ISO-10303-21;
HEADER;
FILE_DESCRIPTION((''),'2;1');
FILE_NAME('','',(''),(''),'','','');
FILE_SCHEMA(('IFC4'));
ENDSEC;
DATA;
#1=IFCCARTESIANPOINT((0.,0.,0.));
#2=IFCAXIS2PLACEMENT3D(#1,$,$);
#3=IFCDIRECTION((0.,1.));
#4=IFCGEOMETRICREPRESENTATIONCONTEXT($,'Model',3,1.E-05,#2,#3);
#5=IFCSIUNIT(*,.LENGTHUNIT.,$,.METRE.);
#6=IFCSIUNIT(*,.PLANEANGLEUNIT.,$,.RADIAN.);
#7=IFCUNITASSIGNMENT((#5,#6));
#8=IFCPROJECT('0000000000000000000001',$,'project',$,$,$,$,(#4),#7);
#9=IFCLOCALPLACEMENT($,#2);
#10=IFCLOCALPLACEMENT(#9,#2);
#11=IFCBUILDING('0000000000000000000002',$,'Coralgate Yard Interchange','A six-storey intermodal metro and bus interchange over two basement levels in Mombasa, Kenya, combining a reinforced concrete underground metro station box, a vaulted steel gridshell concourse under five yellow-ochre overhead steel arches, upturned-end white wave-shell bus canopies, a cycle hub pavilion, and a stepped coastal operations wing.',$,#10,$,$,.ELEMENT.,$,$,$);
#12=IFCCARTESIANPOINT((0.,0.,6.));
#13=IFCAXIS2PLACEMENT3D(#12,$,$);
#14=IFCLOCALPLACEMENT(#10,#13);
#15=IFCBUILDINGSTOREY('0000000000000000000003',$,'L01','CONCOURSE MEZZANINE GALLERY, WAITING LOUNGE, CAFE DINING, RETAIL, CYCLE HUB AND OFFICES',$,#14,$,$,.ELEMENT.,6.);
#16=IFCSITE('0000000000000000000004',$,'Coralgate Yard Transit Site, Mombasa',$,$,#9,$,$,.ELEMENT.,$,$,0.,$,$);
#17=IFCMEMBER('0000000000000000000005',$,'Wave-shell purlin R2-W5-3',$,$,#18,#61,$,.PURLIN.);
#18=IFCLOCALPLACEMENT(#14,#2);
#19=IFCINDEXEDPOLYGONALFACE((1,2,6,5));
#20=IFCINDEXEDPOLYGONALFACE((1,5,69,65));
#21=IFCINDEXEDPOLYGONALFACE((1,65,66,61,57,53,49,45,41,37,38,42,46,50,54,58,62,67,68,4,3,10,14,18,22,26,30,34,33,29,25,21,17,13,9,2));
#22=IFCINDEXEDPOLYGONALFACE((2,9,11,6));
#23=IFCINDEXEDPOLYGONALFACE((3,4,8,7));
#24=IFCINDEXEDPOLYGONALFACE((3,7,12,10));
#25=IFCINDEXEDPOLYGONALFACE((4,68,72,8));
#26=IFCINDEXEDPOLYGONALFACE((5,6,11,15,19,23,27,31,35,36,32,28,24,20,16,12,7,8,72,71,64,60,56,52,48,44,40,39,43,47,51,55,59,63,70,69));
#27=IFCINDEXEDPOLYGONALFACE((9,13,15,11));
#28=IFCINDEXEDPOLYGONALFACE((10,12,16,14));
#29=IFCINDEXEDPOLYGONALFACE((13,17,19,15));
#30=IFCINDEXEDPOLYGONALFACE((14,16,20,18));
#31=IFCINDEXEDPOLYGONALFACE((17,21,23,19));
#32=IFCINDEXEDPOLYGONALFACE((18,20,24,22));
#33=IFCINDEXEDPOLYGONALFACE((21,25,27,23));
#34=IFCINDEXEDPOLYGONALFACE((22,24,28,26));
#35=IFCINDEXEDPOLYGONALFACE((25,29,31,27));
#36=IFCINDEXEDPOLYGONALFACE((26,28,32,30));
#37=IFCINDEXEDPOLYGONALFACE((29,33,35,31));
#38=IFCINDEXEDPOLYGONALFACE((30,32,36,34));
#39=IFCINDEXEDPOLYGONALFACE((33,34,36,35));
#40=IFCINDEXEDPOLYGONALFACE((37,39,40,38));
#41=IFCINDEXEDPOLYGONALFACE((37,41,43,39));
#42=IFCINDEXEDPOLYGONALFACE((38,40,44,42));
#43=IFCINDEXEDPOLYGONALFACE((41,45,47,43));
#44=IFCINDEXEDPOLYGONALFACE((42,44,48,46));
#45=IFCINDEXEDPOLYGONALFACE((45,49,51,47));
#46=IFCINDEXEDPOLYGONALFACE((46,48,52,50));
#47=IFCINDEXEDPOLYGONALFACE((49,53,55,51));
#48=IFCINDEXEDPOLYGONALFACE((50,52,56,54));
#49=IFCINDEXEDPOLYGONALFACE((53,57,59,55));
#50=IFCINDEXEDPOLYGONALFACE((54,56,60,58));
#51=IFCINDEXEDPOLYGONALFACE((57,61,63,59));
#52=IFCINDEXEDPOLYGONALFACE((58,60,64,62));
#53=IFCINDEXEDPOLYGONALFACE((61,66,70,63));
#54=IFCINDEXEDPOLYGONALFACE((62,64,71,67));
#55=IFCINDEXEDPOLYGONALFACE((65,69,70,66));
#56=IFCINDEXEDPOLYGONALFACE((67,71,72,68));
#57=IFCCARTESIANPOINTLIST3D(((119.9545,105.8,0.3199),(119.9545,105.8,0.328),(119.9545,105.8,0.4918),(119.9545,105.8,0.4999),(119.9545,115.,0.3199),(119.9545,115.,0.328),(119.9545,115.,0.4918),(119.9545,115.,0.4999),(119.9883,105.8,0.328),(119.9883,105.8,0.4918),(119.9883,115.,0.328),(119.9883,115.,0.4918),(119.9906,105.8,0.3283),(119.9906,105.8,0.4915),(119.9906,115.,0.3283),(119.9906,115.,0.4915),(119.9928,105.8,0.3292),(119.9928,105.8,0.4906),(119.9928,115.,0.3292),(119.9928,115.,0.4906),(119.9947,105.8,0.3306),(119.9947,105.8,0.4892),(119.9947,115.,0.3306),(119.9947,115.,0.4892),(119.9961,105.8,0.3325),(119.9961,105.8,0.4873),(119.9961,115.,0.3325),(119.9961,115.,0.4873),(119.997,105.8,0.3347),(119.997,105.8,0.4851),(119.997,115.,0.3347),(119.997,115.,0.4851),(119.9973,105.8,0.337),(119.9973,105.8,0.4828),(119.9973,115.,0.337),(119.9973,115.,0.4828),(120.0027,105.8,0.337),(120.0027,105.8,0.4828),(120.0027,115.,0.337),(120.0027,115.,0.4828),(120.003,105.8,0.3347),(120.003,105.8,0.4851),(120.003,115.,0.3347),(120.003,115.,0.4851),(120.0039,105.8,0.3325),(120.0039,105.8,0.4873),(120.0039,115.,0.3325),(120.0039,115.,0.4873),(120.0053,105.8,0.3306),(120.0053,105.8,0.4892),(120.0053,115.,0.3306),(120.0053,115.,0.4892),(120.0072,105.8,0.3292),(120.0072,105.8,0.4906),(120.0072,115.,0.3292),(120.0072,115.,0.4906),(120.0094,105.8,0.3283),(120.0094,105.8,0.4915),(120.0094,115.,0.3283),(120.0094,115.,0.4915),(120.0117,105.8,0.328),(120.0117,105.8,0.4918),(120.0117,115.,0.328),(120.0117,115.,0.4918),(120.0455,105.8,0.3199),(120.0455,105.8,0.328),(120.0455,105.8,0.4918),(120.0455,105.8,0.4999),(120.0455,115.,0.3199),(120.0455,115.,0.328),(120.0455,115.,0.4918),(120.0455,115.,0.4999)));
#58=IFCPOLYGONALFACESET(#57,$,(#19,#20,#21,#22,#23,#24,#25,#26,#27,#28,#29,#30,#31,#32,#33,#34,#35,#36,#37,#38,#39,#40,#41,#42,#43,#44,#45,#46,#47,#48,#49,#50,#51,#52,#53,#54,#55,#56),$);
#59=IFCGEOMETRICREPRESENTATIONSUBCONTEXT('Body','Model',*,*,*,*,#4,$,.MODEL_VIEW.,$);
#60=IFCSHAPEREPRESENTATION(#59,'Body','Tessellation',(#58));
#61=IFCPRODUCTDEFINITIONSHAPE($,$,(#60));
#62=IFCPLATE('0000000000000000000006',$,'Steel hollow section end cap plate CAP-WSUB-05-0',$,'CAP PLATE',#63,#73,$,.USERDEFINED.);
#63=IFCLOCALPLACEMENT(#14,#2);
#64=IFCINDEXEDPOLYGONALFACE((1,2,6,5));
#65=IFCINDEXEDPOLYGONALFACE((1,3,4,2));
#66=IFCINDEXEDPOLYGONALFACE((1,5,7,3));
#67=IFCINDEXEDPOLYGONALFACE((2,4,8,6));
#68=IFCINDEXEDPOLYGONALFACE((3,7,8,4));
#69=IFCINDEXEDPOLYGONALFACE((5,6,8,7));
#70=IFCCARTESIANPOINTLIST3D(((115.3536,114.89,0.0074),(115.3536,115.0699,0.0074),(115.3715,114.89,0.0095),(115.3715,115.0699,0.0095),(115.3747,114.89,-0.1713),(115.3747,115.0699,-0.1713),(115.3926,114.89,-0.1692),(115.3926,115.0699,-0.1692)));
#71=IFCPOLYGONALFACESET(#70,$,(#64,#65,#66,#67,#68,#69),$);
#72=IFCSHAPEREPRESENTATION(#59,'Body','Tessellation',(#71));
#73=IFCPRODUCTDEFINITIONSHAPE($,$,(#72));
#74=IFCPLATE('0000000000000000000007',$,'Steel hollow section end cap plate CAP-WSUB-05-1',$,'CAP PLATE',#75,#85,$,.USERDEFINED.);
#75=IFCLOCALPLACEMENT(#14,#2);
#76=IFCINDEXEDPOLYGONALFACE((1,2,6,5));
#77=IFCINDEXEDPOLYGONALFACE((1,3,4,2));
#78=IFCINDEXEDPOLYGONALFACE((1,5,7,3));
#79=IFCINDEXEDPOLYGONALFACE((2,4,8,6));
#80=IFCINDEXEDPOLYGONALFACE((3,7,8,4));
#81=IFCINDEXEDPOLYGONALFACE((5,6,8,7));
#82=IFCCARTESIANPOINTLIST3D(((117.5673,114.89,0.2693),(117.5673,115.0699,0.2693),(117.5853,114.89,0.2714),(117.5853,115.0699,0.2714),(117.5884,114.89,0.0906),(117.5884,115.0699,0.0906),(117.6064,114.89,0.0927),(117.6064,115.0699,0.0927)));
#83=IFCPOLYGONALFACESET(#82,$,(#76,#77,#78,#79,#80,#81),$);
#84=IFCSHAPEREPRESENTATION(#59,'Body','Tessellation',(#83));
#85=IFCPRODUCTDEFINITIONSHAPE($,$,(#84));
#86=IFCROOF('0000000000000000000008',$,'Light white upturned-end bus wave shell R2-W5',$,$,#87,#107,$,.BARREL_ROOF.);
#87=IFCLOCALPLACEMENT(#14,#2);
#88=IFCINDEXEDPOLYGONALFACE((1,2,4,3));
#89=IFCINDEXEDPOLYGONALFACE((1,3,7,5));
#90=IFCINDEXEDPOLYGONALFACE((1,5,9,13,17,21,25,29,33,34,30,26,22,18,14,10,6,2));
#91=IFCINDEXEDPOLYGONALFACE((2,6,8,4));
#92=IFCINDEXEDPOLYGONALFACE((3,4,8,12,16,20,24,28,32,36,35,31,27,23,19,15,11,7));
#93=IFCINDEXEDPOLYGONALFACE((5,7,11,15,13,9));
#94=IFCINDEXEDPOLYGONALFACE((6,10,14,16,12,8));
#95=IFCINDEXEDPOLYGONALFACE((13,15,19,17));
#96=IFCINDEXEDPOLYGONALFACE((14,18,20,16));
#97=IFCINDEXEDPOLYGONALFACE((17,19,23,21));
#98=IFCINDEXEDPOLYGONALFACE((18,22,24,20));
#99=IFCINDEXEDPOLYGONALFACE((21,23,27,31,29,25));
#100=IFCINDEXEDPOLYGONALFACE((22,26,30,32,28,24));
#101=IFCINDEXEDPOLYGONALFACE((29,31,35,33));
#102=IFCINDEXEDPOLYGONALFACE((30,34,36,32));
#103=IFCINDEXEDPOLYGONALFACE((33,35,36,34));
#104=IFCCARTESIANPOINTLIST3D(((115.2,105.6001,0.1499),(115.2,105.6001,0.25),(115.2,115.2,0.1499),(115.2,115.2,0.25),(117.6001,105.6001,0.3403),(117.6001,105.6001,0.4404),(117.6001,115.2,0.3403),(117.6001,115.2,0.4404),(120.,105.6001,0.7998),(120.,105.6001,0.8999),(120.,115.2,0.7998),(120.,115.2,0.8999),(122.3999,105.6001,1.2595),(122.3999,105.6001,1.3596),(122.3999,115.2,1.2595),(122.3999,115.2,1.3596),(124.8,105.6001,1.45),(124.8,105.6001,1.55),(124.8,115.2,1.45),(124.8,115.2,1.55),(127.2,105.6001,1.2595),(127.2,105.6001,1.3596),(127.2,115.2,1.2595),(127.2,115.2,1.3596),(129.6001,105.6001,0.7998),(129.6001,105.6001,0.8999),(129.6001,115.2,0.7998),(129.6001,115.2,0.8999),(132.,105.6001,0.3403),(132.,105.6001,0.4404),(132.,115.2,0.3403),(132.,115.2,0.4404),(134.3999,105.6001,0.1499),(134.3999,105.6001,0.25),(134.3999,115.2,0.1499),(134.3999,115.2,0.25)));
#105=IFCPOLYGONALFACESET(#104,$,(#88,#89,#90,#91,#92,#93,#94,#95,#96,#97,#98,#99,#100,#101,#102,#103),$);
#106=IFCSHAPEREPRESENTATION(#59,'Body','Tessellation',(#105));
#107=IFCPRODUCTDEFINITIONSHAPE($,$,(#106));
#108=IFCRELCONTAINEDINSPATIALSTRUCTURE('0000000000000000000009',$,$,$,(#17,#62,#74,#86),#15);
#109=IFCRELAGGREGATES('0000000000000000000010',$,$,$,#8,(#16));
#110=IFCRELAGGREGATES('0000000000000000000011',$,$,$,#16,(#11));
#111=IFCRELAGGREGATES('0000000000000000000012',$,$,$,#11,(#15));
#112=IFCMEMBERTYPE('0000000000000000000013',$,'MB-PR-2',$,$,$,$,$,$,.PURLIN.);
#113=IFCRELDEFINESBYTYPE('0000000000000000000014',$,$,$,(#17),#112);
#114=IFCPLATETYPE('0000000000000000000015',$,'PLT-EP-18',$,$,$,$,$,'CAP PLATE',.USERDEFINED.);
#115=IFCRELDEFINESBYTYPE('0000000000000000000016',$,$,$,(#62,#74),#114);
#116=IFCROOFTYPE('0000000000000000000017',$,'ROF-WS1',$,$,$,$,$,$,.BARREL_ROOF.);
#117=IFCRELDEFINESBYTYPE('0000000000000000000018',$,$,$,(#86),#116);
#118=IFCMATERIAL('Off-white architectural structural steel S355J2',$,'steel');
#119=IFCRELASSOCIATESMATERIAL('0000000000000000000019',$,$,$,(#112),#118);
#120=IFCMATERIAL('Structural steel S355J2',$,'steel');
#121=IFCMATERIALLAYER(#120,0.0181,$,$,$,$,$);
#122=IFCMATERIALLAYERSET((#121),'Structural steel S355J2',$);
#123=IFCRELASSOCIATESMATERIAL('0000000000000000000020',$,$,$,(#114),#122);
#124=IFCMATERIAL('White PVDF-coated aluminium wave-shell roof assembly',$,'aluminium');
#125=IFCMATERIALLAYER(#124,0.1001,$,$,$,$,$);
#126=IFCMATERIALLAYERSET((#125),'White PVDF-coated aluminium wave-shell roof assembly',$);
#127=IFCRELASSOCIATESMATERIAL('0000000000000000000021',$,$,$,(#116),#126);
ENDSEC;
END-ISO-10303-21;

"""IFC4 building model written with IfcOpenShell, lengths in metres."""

from ifc_helpers import new_model, si_unit, direction, frame, origin, origin_2d, place, context, subcontext, project, spatial, polyline, rectangle, i_section, outline, extrude, material, layer, layer_set, material_profile, profile_set, type_object, element, save


model = new_model("IFC4")

# Units and contexts
model_context = context("Model", 3, precision=1e-05, world=origin(), true_north=direction((0.0, 1.0)))
body_context = subcontext(model_context, "Body", "Model", "MODEL_VIEW")
ifc_project = project(units=[si_unit("LENGTHUNIT", "METRE"), si_unit("PLANEANGLEUNIT", "RADIAN")], contexts=[model_context])

# Site, building, storey
site_placement = place(None, origin())
site = spatial("IfcSite", under=ifc_project, at=site_placement, Name="Coralgate Yard Transit Site, Mombasa", CompositionType="ELEMENT", RefElevation=0.0)
building_placement = place(site_placement, origin())
building = spatial("IfcBuilding", under=site, at=building_placement, Name="Coralgate Yard Interchange", Description="A six-storey intermodal metro and bus interchange over two basement levels in Mombasa, Kenya, combining a reinforced concrete underground metro station box, a vaulted steel gridshell concourse under five yellow-ochre overhead steel arches, upturned-end white wave-shell bus canopies, a cycle hub pavilion, and a stepped coastal operations wing.", CompositionType="ELEMENT")
storey_placement = place(building_placement, frame((0.0, 0.0, 6.0)))
storey = spatial("IfcBuildingStorey", under=building, at=storey_placement, Name="L01", Description="CONCOURSE MEZZANINE GALLERY, WAITING LOUNGE, CAFE DINING, RETAIL, CYCLE HUB AND OFFICES", CompositionType="ELEMENT", Elevation=6.0)

# Shared definitions
ifc_material_1 = material(Name="Off-white architectural structural steel S355J2", Category="steel")

# Member
ifc_material_profile_1 = material_profile(ifc_material_1, i_section(OverallWidth=0.0911, OverallDepth=0.1799, WebThickness=0.0054, FlangeThickness=0.0081, FilletRadius=0.009, at=origin_2d()), Name="IPE 180")
ifc_profile_set_1 = profile_set([ifc_material_profile_1], Name="Off-white architectural structural steel S355J2")
member_type_1 = type_object("IfcMemberType", Name="MB-PR-2", PredefinedType="PURLIN", material=ifc_profile_set_1)
for number, where, z_axis, x_axis, name in (
    (1, (120.0, 105.8, 0.4099), (0.0, 1.0, 0.0), (-1.0, 0.0, 0.0), "Wave-shell purlin R2-W5-3"),
):
    element("IfcMember", number, at=place(storey_placement, frame(where, z_axis=z_axis, x_axis=x_axis)), inside=storey, type_object=member_type_1, Name=name, PredefinedType="PURLIN", context=body_context, shape_type="SweptSolid", body=[
        extrude(i_section(OverallWidth=0.0911, OverallDepth=0.1799, WebThickness=0.0054, FlangeThickness=0.0081, FilletRadius=0.009, at=origin_2d()), origin(), (0.0, 0.0, 1.0), 9.2),
    ])

# Plates
ifc_material_2 = material(Name="Structural steel S355J2", Category="steel")
ifc_layer_1 = layer(ifc_material_2, 0.0181)
ifc_layer_set_1 = layer_set([ifc_layer_1], Name="Structural steel S355J2")
plate_type = type_object("IfcPlateType", Name="PLT-EP-18", ElementType="CAP PLATE", PredefinedType="USERDEFINED", material=ifc_layer_set_1)
for number, where, z_axis, x_axis, name in (
    (2, (115.3821, 114.98, -0.0798), (-0.993089, 0.0, -0.117365), (0.0, -1.0, 0.0), "Steel hollow section end cap plate CAP-WSUB-05-0"),
    (3, (117.5779, 114.98, 0.1799), (0.993089, 0.0, 0.117365), (0.0, 1.0, 0.0), "Steel hollow section end cap plate CAP-WSUB-05-1"),
):
    element("IfcPlate", number, at=place(storey_placement, frame(where, z_axis=z_axis, x_axis=x_axis)), inside=storey, type_object=plate_type, Name=name, ObjectType="CAP PLATE", PredefinedType="USERDEFINED", context=body_context, shape_type="SweptSolid", body=[
        extrude(rectangle(XDim=0.1799, YDim=0.1799, at=origin_2d()), origin(), (0.0, 0.0, 1.0), 0.0181),
    ])

# Roof
ifc_material_3 = material(Name="White PVDF-coated aluminium wave-shell roof assembly", Category="aluminium")
ifc_layer_2 = layer(ifc_material_3, 0.1001)
ifc_layer_set_2 = layer_set([ifc_layer_2], Name="White PVDF-coated aluminium wave-shell roof assembly")
roof_type = type_object("IfcRoofType", Name="ROF-WS1", PredefinedType="BARREL_ROOF", material=ifc_layer_set_2)
roof_placement = place(storey_placement, frame((115.2, 105.6001, 0.25), z_axis=(0.0, 1.0, 0.0), x_axis=(-1.0, 0.0, 0.0)))
element("IfcRoof", 4, at=roof_placement, inside=storey, type_object=roof_type, Name="Light white upturned-end bus wave shell R2-W5", PredefinedType="BARREL_ROOF", context=body_context, shape_type="SweptSolid", body=[
    extrude(outline(polyline([(0.0, 0.0), (-2.4001, 0.1904), (-4.8, 0.6499), (-7.2, 1.1096), (-9.6001, 1.3), (-12.0, 1.1096), (-14.4001, 0.6499), (-16.8, 0.1904), (-19.2, 0.0), (-19.2, -0.1001), (-16.8, 0.0903), (-14.4001, 0.5498), (-12.0, 1.0095), (-9.6001, 1.2), (-7.2, 1.0095), (-4.8, 0.5498), (-2.4001, 0.0903), (0.0, -0.1001), (0.0, 0.0)])), origin(), (0.0, 0.0, 1.0), 9.5999),
])

save(model, "model.ifc")
